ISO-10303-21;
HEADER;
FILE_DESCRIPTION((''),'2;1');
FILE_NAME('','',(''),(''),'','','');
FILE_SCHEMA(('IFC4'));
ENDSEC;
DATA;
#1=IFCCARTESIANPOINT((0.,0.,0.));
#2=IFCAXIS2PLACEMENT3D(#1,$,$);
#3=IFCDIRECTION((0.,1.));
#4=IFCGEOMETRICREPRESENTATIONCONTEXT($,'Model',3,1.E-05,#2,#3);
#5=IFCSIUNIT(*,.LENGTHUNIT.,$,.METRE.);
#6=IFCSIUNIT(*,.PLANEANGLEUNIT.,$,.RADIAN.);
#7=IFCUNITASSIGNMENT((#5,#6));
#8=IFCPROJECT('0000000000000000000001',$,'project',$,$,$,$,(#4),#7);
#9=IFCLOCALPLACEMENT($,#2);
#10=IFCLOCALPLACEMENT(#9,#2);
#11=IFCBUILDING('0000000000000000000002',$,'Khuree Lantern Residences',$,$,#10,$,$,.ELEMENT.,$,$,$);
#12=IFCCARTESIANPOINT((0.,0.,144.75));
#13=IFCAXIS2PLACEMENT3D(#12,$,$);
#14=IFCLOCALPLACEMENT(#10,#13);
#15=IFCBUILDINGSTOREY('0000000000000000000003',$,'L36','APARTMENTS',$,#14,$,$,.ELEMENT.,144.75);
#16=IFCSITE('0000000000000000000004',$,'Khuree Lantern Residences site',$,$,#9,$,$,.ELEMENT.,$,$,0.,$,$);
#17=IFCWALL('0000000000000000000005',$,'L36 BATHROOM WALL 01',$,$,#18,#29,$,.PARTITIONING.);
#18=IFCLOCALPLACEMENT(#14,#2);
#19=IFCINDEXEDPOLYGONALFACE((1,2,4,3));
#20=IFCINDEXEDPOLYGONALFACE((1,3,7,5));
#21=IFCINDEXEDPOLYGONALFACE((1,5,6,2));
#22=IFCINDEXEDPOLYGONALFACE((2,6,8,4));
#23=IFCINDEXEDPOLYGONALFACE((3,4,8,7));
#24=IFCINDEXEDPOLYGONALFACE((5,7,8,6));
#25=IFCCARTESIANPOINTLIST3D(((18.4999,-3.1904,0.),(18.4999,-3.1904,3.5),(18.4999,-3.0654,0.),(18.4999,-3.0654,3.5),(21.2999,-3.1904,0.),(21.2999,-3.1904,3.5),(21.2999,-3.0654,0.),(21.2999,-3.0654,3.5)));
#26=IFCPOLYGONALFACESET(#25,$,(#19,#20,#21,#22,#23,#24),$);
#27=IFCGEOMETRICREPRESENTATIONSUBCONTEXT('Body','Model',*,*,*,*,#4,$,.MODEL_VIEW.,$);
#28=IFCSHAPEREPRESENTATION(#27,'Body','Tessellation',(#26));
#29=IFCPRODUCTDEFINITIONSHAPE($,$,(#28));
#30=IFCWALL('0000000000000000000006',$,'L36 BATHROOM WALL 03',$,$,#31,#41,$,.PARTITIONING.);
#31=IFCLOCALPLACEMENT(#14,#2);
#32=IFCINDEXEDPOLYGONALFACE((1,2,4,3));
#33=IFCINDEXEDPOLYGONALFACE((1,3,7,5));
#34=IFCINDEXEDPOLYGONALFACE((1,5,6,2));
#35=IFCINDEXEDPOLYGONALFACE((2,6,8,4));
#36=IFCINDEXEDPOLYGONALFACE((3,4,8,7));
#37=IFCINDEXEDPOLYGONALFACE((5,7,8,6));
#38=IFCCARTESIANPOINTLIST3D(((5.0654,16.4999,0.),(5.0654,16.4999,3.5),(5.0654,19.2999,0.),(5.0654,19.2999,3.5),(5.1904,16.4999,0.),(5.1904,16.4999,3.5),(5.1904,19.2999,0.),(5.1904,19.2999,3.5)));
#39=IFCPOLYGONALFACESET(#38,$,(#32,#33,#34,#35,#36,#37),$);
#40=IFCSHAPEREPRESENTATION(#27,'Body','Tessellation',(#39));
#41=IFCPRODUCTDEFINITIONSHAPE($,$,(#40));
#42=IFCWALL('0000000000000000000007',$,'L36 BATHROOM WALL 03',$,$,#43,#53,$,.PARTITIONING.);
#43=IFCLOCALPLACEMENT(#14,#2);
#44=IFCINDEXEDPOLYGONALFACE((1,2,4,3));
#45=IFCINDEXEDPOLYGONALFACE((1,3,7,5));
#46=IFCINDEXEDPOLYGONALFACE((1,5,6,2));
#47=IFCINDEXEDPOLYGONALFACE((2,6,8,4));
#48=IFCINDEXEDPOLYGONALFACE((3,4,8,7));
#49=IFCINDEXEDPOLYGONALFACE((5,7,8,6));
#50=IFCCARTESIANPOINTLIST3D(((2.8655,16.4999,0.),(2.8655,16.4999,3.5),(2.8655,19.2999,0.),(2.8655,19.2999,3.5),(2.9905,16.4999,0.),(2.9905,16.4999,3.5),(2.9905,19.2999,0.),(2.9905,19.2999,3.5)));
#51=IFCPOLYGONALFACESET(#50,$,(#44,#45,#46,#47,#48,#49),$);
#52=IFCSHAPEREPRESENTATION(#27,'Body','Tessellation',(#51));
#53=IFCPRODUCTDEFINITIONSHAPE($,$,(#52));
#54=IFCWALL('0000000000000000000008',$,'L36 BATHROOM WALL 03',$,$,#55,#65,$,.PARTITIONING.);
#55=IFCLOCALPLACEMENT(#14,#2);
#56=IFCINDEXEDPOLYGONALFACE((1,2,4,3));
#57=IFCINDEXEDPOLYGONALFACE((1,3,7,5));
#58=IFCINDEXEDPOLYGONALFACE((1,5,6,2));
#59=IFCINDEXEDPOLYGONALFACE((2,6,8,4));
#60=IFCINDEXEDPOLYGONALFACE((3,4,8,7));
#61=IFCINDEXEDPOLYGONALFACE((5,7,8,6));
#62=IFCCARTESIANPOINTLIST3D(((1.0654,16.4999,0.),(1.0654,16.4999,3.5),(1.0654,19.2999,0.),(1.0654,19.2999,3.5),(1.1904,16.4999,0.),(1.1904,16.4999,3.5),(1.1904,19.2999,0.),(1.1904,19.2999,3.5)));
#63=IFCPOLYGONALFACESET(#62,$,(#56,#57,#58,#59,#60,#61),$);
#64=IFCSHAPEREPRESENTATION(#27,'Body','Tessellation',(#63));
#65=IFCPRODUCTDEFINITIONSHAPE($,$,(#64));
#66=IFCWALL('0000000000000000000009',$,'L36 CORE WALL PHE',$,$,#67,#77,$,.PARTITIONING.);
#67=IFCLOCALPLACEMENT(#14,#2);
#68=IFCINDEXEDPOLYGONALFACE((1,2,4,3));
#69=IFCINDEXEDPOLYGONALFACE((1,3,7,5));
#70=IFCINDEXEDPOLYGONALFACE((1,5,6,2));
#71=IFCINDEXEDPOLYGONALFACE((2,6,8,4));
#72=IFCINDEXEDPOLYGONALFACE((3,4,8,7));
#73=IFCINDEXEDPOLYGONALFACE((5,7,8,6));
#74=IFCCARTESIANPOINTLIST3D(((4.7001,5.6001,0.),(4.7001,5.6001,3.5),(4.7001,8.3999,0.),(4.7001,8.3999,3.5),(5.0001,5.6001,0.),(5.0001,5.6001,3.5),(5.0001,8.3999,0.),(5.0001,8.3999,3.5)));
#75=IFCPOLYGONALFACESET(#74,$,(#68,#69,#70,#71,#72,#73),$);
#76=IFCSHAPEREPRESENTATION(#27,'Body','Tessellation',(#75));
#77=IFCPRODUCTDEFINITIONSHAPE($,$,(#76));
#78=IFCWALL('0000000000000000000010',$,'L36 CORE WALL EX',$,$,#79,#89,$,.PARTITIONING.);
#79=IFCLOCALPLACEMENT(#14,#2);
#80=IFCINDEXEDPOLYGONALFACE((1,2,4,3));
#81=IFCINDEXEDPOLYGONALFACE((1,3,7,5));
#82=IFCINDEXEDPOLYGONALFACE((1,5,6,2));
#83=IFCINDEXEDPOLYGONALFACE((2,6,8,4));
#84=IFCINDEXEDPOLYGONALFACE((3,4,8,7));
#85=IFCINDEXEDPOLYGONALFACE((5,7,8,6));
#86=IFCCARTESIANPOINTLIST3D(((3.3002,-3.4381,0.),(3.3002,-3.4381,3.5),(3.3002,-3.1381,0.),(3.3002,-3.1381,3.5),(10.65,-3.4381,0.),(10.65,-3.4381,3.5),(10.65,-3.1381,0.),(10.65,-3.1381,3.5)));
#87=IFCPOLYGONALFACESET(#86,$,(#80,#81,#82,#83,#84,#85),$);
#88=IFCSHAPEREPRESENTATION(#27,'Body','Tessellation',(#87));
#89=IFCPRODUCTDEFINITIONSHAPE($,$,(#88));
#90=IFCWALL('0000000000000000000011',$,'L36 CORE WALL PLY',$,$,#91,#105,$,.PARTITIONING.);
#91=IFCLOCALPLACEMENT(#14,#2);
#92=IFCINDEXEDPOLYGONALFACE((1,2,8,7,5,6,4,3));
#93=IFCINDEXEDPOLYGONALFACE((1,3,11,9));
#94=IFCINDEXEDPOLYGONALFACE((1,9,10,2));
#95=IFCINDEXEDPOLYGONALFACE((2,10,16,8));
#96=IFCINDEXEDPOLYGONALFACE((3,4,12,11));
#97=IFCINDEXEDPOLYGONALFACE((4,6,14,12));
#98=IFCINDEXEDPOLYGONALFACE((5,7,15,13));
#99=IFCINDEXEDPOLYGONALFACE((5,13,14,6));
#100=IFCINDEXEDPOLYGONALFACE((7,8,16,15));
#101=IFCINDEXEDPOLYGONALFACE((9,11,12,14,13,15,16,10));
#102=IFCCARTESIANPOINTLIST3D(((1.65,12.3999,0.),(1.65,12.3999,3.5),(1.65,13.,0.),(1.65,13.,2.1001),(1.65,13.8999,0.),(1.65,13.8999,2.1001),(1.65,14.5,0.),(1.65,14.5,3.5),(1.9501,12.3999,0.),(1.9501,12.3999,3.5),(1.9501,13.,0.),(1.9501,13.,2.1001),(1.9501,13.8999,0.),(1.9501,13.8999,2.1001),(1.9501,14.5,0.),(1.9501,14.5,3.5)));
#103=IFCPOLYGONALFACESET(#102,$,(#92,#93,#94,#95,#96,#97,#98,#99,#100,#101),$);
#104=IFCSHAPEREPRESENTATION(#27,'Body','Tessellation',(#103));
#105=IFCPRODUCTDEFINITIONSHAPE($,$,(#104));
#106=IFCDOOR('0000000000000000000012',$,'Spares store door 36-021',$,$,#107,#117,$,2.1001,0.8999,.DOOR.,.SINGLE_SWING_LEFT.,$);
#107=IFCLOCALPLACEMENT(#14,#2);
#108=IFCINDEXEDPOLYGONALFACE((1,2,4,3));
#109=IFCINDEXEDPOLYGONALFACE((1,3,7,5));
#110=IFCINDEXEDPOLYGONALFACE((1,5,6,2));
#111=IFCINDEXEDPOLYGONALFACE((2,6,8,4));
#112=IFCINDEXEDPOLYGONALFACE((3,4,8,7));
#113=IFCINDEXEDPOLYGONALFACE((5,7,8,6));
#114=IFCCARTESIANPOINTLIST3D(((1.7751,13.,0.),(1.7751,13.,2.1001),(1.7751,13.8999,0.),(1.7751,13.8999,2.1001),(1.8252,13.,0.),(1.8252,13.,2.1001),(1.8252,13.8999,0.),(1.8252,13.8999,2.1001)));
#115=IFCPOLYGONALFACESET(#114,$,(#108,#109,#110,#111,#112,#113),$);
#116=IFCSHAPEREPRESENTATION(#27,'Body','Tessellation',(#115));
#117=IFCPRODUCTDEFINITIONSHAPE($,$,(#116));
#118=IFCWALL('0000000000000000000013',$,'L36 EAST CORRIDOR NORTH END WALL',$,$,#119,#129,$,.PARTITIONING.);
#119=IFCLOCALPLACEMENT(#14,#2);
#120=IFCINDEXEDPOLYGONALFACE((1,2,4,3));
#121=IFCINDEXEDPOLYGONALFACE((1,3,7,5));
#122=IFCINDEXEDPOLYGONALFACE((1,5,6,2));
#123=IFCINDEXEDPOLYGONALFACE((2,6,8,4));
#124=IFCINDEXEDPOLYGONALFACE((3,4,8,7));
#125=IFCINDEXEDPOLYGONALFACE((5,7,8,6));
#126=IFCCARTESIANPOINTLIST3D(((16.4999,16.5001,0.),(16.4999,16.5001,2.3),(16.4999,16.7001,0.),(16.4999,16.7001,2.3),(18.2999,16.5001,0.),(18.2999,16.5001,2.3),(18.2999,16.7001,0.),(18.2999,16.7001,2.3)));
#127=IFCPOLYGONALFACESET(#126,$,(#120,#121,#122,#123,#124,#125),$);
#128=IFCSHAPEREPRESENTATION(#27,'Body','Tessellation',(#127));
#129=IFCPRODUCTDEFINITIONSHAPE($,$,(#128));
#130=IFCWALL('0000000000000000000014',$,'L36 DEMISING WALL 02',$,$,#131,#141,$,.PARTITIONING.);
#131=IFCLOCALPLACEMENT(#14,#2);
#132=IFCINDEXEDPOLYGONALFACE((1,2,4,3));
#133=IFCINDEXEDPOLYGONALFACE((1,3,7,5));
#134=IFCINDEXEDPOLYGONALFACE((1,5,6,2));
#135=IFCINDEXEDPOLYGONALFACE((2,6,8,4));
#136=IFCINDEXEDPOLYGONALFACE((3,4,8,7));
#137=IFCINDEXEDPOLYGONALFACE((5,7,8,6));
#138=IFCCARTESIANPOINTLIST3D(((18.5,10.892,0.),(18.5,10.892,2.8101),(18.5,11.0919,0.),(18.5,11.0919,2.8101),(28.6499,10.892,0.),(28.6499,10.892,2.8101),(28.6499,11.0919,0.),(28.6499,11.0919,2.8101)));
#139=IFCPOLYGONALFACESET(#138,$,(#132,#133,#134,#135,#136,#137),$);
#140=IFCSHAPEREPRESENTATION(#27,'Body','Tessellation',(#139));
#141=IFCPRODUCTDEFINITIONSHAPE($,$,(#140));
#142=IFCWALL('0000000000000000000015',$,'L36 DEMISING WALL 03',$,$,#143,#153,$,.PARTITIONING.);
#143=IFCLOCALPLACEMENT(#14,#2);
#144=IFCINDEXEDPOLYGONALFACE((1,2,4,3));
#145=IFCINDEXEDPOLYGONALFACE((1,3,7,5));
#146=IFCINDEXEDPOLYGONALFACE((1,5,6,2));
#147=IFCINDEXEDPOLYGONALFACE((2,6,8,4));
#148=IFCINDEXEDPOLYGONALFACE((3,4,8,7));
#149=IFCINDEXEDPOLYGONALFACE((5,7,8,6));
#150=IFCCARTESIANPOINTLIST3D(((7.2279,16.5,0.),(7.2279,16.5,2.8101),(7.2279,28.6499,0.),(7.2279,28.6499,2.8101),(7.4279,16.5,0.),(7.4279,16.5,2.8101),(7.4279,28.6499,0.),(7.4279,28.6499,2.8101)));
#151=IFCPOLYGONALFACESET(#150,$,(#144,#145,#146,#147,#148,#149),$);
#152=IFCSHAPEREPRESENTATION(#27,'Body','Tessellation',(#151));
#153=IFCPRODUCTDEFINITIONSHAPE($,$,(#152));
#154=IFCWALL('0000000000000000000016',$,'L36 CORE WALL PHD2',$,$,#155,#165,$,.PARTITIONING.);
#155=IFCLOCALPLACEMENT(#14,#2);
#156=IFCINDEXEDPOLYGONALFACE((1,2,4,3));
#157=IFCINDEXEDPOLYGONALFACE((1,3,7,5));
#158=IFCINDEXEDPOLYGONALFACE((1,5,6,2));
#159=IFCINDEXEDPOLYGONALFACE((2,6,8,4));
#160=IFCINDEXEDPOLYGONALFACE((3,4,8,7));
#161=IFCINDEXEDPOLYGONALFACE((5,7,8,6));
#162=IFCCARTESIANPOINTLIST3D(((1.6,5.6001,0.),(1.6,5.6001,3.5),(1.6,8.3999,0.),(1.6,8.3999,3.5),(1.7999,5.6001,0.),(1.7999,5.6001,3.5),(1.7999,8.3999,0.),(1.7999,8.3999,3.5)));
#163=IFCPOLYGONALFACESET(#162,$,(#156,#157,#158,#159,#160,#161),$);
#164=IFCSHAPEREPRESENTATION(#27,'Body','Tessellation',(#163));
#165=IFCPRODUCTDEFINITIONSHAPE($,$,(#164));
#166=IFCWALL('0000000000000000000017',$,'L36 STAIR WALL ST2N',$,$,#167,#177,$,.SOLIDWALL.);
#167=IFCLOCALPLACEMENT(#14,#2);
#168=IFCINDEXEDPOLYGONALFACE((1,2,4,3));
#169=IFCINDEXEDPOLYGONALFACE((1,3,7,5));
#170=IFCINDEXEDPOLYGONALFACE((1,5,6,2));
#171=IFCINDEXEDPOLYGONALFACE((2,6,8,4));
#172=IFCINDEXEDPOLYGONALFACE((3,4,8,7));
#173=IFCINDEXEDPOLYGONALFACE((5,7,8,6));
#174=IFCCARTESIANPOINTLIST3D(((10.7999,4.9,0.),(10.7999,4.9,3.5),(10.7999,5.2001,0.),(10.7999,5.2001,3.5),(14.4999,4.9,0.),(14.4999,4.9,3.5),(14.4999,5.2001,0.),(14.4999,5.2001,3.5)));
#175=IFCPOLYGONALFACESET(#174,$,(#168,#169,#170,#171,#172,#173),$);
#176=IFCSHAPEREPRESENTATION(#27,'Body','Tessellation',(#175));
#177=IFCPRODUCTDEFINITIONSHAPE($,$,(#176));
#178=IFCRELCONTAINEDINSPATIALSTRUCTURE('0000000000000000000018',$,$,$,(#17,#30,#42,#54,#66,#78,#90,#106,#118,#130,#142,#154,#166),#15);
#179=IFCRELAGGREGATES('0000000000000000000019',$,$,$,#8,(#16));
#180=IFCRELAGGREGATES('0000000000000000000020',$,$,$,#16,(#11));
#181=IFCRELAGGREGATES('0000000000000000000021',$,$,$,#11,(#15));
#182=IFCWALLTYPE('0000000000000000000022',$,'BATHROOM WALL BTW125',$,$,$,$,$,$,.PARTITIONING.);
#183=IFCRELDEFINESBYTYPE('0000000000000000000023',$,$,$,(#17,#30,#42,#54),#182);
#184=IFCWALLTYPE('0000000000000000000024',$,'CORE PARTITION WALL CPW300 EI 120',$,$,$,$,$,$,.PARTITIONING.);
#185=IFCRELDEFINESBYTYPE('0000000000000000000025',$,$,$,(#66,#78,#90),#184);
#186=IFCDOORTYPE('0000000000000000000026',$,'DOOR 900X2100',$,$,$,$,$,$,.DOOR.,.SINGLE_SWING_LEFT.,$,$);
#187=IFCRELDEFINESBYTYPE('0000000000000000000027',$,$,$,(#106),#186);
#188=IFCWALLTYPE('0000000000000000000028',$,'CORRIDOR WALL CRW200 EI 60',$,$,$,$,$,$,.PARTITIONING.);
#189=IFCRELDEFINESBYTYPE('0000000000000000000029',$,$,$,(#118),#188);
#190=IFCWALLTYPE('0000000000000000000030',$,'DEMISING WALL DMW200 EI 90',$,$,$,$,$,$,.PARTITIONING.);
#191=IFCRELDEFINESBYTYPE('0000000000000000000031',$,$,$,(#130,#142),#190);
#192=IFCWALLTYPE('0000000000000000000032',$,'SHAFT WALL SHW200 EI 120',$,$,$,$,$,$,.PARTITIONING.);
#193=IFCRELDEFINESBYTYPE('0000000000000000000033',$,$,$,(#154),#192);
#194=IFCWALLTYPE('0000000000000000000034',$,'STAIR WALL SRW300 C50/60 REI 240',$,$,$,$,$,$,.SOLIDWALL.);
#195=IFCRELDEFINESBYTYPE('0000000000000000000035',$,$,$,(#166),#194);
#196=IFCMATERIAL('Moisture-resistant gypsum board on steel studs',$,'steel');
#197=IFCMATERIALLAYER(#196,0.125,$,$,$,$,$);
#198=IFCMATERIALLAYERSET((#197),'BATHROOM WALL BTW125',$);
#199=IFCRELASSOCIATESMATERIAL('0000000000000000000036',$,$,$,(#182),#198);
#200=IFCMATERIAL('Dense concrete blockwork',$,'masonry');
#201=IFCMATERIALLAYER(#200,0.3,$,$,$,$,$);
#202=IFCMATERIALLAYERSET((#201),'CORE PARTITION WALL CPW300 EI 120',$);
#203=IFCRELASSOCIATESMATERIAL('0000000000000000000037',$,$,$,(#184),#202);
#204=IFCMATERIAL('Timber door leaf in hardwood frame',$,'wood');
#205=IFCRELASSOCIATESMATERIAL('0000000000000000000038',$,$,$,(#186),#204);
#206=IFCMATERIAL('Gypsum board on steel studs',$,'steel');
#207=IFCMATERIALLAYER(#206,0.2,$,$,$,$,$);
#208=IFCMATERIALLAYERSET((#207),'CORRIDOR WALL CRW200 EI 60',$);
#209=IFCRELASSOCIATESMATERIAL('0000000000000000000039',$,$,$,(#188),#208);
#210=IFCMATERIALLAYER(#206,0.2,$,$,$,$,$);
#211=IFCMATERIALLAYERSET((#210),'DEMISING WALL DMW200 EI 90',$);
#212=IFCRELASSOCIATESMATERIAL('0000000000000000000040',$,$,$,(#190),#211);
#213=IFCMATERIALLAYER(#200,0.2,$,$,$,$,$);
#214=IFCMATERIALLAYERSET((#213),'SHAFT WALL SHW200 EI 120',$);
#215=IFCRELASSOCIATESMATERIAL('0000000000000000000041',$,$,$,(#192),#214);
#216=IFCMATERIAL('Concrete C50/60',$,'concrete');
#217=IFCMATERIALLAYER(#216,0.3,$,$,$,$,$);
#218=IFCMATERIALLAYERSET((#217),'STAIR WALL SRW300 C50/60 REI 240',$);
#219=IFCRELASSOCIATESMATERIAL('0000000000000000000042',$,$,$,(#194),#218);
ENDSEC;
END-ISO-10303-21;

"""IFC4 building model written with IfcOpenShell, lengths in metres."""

from ifc_helpers import new_model, si_unit, direction, frame, frame_2d, origin, place, context, subcontext, project, spatial, rectangle, extrude, material, layer, layer_set, type_object, element, fill, save


model = new_model("IFC4")

# Units and contexts
model_context = context("Model", 3, precision=1e-05, world=origin(), true_north=direction((0.0, 1.0)))
body_context = subcontext(model_context, "Body", "Model", "MODEL_VIEW")
ifc_project = project(units=[si_unit("LENGTHUNIT", "METRE"), si_unit("PLANEANGLEUNIT", "RADIAN")], contexts=[model_context])

# Site, building, storey
site_placement = place(None, origin())
site = spatial("IfcSite", under=ifc_project, at=site_placement, Name="Khuree Lantern Residences site", CompositionType="ELEMENT", RefElevation=0.0)
building_placement = place(site_placement, origin())
building = spatial("IfcBuilding", under=site, at=building_placement, Name="Khuree Lantern Residences", CompositionType="ELEMENT")
storey_placement = place(building_placement, frame((0.0, 0.0, 144.75)))
storey = spatial("IfcBuildingStorey", under=building, at=storey_placement, Name="L36", Description="APARTMENTS", CompositionType="ELEMENT", Elevation=144.75)

# Walls
ifc_material_1 = material(Name="Moisture-resistant gypsum board on steel studs", Category="steel")
ifc_layer_1 = layer(ifc_material_1, 0.125)
ifc_layer_set_1 = layer_set([ifc_layer_1], Name="BATHROOM WALL BTW125")
wall_type_1 = type_object("IfcWallType", Name="BATHROOM WALL BTW125", PredefinedType="PARTITIONING", material=ifc_layer_set_1)
for number, where, z_axis, x_axis, name in (
    (1, (18.5, -3.1279, 0.0), (0.0, 0.0, 1.0), (1.0, 0.0, 0.0), "L36 BATHROOM WALL 01"),
    (2, (5.1279, 16.5, 0.0), (0.0, 0.0, 1.0), (0.0, 1.0, 0.0), "L36 BATHROOM WALL 03"),
    (3, (2.928, 16.5, 0.0), (0.0, 0.0, 1.0), (0.0, 1.0, 0.0), "L36 BATHROOM WALL 03"),
    (4, (1.1279, 16.5, 0.0), (0.0, 0.0, 1.0), (0.0, 1.0, 0.0), "L36 BATHROOM WALL 03"),
):
    element("IfcWall", number, at=place(storey_placement, frame(where, z_axis=z_axis, x_axis=x_axis)), inside=storey, type_object=wall_type_1, Name=name, PredefinedType="PARTITIONING", context=body_context, shape_type="SweptSolid", body=[
        extrude(rectangle(XDim=2.8, YDim=0.125, at=frame_2d((1.3999, 0.0))), origin(), (0.0, 0.0, 1.0), 3.5),
    ])
ifc_material_2 = material(Name="Dense concrete blockwork", Category="masonry")
ifc_layer_2 = layer(ifc_material_2, 0.3)
ifc_layer_set_2 = layer_set([ifc_layer_2], Name="CORE PARTITION WALL CPW300 EI 120")
wall_type_2 = type_object("IfcWallType", Name="CORE PARTITION WALL CPW300 EI 120", PredefinedType="PARTITIONING", material=ifc_layer_set_2)
wall_1_placement = place(storey_placement, frame((4.8501, 5.6001, 0.0), z_axis=(0.0, 0.0, 1.0), x_axis=(0.0, 1.0, 0.0)))
element("IfcWall", 5, at=wall_1_placement, inside=storey, type_object=wall_type_2, Name="L36 CORE WALL PHE", PredefinedType="PARTITIONING", context=body_context, shape_type="SweptSolid", body=[
    extrude(rectangle(XDim=2.7998, YDim=0.3, at=frame_2d((1.3999, 0.0))), origin(), (0.0, 0.0, 1.0), 3.5),
])
wall_2_placement = place(storey_placement, frame((10.6499, -3.2881, 0.0), z_axis=(0.0, 0.0, 1.0), x_axis=(-1.0, 0.0, 0.0)))
element("IfcWall", 6, at=wall_2_placement, inside=storey, type_object=wall_type_2, Name="L36 CORE WALL EX", PredefinedType="PARTITIONING", context=body_context, shape_type="SweptSolid", body=[
    extrude(rectangle(XDim=7.3499, YDim=0.3, at=frame_2d((3.6748, 0.0))), origin(), (0.0, 0.0, 1.0), 3.5),
])

# Wall, opening, door
wall_3_placement = place(storey_placement, frame((1.8, 12.3999, 0.0), z_axis=(0.0, 0.0, 1.0), x_axis=(0.0, 1.0, 0.0)))
wall_3 = element("IfcWall", 7, at=wall_3_placement, inside=storey, type_object=wall_type_2, Name="L36 CORE WALL PLY", PredefinedType="PARTITIONING", context=body_context, shape_type="SweptSolid", body=[
    extrude(rectangle(XDim=2.1001, YDim=0.3, at=frame_2d((1.05, 0.0))), origin(), (0.0, 0.0, 1.0), 3.5),
])
opening_placement = place(wall_3_placement, frame((0.6001, 0.0, 0.0)))
opening = element("IfcOpeningElement", 8, at=opening_placement, cuts=wall_3, PredefinedType="OPENING", context=body_context, shape_type="SweptSolid", body=[
    extrude(rectangle(XDim=0.8999, YDim=2.1001, at=frame_2d((0.45, 1.05))), frame((0.0, 0.1602, 0.0), z_axis=(0.0, -1.0, 0.0), x_axis=(1.0, 0.0, 0.0)), (0.0, 0.0, 1.0), 0.3201),
])
ifc_material_3 = material(Name="Timber door leaf in hardwood frame", Category="wood")
door_type = type_object("IfcDoorType", Name="DOOR 900X2100", OperationType="SINGLE_SWING_LEFT", PredefinedType="DOOR", material=ifc_material_3)
door_placement = place(opening_placement, origin())
door = element("IfcDoor", 9, at=door_placement, inside=storey, type_object=door_type, Name="Spares store door 36-021", OperationType="SINGLE_SWING_LEFT", OverallHeight=2.1001, OverallWidth=0.8999, PredefinedType="DOOR", context=body_context, shape_type="SweptSolid", body=[
    extrude(rectangle(XDim=0.8999, YDim=2.1001, at=frame_2d((0.45, 1.05))), frame((0.0, 0.0249, 0.0), z_axis=(0.0, -1.0, 0.0), x_axis=(1.0, 0.0, 0.0)), (0.0, 0.0, 1.0), 0.05),
])
fill(opening, door)

# Walls
ifc_material_4 = material(Name="Gypsum board on steel studs", Category="steel")
ifc_layer_3 = layer(ifc_material_4, 0.2)
ifc_layer_set_3 = layer_set([ifc_layer_3], Name="CORRIDOR WALL CRW200 EI 60")
wall_type_3 = type_object("IfcWallType", Name="CORRIDOR WALL CRW200 EI 60", PredefinedType="PARTITIONING", material=ifc_layer_set_3)
wall_4_placement = place(storey_placement, frame((16.5, 16.6001, 0.0), z_axis=(0.0, 0.0, 1.0), x_axis=(1.0, 0.0, 0.0)))
element("IfcWall", 10, at=wall_4_placement, inside=storey, type_object=wall_type_3, Name="L36 EAST CORRIDOR NORTH END WALL", PredefinedType="PARTITIONING", context=body_context, shape_type="SweptSolid", body=[
    extrude(rectangle(XDim=1.8, YDim=0.2, at=frame_2d((0.8999, 0.0))), origin(), (0.0, 0.0, 1.0), 2.3),
])
ifc_layer_4 = layer(ifc_material_4, 0.2)
ifc_layer_set_4 = layer_set([ifc_layer_4], Name="DEMISING WALL DMW200 EI 90")
wall_type_4 = type_object("IfcWallType", Name="DEMISING WALL DMW200 EI 90", PredefinedType="PARTITIONING", material=ifc_layer_set_4)
wall_5_placement = place(storey_placement, frame((18.5, 10.9919, 0.0), z_axis=(0.0, 0.0, 1.0), x_axis=(1.0, 0.0, 0.0)))
element("IfcWall", 11, at=wall_5_placement, inside=storey, type_object=wall_type_4, Name="L36 DEMISING WALL 02", PredefinedType="PARTITIONING", context=body_context, shape_type="SweptSolid", body=[
    extrude(rectangle(XDim=10.1499, YDim=0.2, at=frame_2d((5.075, 0.0))), origin(), (0.0, 0.0, 1.0), 2.8101),
])
wall_6_placement = place(storey_placement, frame((7.3279, 16.5, 0.0), z_axis=(0.0, 0.0, 1.0), x_axis=(0.0, 1.0, 0.0)))
element("IfcWall", 12, at=wall_6_placement, inside=storey, type_object=wall_type_4, Name="L36 DEMISING WALL 03", PredefinedType="PARTITIONING", context=body_context, shape_type="SweptSolid", body=[
    extrude(rectangle(XDim=12.1499, YDim=0.2, at=frame_2d((6.075, 0.0))), origin(), (0.0, 0.0, 1.0), 2.8101),
])
ifc_layer_5 = layer(ifc_material_2, 0.2)
ifc_layer_set_5 = layer_set([ifc_layer_5], Name="SHAFT WALL SHW200 EI 120")
wall_type_5 = type_object("IfcWallType", Name="SHAFT WALL SHW200 EI 120", PredefinedType="PARTITIONING", material=ifc_layer_set_5)
wall_7_placement = place(storey_placement, frame((1.7, 5.6001, 0.0), z_axis=(0.0, 0.0, 1.0), x_axis=(0.0, 1.0, 0.0)))
element("IfcWall", 13, at=wall_7_placement, inside=storey, type_object=wall_type_5, Name="L36 CORE WALL PHD2", PredefinedType="PARTITIONING", context=body_context, shape_type="SweptSolid", body=[
    extrude(rectangle(XDim=2.7998, YDim=0.2, at=frame_2d((1.3999, 0.0))), origin(), (0.0, 0.0, 1.0), 3.5),
])
ifc_material_5 = material(Name="Concrete C50/60", Category="concrete")
ifc_layer_6 = layer(ifc_material_5, 0.3)
ifc_layer_set_6 = layer_set([ifc_layer_6], Name="STAIR WALL SRW300 C50/60 REI 240")
wall_type_6 = type_object("IfcWallType", Name="STAIR WALL SRW300 C50/60 REI 240", PredefinedType="SOLIDWALL", material=ifc_layer_set_6)
wall_8_placement = place(storey_placement, frame((14.5, 5.05, 0.0), z_axis=(0.0, 0.0, 1.0), x_axis=(-1.0, 0.0, 0.0)))
element("IfcWall", 14, at=wall_8_placement, inside=storey, type_object=wall_type_6, Name="L36 STAIR WALL ST2N", PredefinedType="SOLIDWALL", context=body_context, shape_type="SweptSolid", body=[
    extrude(rectangle(XDim=3.7, YDim=0.3, at=frame_2d((1.8501, 0.0))), origin(), (0.0, 0.0, 1.0), 3.5),
])

save(model, "model.ifc")
